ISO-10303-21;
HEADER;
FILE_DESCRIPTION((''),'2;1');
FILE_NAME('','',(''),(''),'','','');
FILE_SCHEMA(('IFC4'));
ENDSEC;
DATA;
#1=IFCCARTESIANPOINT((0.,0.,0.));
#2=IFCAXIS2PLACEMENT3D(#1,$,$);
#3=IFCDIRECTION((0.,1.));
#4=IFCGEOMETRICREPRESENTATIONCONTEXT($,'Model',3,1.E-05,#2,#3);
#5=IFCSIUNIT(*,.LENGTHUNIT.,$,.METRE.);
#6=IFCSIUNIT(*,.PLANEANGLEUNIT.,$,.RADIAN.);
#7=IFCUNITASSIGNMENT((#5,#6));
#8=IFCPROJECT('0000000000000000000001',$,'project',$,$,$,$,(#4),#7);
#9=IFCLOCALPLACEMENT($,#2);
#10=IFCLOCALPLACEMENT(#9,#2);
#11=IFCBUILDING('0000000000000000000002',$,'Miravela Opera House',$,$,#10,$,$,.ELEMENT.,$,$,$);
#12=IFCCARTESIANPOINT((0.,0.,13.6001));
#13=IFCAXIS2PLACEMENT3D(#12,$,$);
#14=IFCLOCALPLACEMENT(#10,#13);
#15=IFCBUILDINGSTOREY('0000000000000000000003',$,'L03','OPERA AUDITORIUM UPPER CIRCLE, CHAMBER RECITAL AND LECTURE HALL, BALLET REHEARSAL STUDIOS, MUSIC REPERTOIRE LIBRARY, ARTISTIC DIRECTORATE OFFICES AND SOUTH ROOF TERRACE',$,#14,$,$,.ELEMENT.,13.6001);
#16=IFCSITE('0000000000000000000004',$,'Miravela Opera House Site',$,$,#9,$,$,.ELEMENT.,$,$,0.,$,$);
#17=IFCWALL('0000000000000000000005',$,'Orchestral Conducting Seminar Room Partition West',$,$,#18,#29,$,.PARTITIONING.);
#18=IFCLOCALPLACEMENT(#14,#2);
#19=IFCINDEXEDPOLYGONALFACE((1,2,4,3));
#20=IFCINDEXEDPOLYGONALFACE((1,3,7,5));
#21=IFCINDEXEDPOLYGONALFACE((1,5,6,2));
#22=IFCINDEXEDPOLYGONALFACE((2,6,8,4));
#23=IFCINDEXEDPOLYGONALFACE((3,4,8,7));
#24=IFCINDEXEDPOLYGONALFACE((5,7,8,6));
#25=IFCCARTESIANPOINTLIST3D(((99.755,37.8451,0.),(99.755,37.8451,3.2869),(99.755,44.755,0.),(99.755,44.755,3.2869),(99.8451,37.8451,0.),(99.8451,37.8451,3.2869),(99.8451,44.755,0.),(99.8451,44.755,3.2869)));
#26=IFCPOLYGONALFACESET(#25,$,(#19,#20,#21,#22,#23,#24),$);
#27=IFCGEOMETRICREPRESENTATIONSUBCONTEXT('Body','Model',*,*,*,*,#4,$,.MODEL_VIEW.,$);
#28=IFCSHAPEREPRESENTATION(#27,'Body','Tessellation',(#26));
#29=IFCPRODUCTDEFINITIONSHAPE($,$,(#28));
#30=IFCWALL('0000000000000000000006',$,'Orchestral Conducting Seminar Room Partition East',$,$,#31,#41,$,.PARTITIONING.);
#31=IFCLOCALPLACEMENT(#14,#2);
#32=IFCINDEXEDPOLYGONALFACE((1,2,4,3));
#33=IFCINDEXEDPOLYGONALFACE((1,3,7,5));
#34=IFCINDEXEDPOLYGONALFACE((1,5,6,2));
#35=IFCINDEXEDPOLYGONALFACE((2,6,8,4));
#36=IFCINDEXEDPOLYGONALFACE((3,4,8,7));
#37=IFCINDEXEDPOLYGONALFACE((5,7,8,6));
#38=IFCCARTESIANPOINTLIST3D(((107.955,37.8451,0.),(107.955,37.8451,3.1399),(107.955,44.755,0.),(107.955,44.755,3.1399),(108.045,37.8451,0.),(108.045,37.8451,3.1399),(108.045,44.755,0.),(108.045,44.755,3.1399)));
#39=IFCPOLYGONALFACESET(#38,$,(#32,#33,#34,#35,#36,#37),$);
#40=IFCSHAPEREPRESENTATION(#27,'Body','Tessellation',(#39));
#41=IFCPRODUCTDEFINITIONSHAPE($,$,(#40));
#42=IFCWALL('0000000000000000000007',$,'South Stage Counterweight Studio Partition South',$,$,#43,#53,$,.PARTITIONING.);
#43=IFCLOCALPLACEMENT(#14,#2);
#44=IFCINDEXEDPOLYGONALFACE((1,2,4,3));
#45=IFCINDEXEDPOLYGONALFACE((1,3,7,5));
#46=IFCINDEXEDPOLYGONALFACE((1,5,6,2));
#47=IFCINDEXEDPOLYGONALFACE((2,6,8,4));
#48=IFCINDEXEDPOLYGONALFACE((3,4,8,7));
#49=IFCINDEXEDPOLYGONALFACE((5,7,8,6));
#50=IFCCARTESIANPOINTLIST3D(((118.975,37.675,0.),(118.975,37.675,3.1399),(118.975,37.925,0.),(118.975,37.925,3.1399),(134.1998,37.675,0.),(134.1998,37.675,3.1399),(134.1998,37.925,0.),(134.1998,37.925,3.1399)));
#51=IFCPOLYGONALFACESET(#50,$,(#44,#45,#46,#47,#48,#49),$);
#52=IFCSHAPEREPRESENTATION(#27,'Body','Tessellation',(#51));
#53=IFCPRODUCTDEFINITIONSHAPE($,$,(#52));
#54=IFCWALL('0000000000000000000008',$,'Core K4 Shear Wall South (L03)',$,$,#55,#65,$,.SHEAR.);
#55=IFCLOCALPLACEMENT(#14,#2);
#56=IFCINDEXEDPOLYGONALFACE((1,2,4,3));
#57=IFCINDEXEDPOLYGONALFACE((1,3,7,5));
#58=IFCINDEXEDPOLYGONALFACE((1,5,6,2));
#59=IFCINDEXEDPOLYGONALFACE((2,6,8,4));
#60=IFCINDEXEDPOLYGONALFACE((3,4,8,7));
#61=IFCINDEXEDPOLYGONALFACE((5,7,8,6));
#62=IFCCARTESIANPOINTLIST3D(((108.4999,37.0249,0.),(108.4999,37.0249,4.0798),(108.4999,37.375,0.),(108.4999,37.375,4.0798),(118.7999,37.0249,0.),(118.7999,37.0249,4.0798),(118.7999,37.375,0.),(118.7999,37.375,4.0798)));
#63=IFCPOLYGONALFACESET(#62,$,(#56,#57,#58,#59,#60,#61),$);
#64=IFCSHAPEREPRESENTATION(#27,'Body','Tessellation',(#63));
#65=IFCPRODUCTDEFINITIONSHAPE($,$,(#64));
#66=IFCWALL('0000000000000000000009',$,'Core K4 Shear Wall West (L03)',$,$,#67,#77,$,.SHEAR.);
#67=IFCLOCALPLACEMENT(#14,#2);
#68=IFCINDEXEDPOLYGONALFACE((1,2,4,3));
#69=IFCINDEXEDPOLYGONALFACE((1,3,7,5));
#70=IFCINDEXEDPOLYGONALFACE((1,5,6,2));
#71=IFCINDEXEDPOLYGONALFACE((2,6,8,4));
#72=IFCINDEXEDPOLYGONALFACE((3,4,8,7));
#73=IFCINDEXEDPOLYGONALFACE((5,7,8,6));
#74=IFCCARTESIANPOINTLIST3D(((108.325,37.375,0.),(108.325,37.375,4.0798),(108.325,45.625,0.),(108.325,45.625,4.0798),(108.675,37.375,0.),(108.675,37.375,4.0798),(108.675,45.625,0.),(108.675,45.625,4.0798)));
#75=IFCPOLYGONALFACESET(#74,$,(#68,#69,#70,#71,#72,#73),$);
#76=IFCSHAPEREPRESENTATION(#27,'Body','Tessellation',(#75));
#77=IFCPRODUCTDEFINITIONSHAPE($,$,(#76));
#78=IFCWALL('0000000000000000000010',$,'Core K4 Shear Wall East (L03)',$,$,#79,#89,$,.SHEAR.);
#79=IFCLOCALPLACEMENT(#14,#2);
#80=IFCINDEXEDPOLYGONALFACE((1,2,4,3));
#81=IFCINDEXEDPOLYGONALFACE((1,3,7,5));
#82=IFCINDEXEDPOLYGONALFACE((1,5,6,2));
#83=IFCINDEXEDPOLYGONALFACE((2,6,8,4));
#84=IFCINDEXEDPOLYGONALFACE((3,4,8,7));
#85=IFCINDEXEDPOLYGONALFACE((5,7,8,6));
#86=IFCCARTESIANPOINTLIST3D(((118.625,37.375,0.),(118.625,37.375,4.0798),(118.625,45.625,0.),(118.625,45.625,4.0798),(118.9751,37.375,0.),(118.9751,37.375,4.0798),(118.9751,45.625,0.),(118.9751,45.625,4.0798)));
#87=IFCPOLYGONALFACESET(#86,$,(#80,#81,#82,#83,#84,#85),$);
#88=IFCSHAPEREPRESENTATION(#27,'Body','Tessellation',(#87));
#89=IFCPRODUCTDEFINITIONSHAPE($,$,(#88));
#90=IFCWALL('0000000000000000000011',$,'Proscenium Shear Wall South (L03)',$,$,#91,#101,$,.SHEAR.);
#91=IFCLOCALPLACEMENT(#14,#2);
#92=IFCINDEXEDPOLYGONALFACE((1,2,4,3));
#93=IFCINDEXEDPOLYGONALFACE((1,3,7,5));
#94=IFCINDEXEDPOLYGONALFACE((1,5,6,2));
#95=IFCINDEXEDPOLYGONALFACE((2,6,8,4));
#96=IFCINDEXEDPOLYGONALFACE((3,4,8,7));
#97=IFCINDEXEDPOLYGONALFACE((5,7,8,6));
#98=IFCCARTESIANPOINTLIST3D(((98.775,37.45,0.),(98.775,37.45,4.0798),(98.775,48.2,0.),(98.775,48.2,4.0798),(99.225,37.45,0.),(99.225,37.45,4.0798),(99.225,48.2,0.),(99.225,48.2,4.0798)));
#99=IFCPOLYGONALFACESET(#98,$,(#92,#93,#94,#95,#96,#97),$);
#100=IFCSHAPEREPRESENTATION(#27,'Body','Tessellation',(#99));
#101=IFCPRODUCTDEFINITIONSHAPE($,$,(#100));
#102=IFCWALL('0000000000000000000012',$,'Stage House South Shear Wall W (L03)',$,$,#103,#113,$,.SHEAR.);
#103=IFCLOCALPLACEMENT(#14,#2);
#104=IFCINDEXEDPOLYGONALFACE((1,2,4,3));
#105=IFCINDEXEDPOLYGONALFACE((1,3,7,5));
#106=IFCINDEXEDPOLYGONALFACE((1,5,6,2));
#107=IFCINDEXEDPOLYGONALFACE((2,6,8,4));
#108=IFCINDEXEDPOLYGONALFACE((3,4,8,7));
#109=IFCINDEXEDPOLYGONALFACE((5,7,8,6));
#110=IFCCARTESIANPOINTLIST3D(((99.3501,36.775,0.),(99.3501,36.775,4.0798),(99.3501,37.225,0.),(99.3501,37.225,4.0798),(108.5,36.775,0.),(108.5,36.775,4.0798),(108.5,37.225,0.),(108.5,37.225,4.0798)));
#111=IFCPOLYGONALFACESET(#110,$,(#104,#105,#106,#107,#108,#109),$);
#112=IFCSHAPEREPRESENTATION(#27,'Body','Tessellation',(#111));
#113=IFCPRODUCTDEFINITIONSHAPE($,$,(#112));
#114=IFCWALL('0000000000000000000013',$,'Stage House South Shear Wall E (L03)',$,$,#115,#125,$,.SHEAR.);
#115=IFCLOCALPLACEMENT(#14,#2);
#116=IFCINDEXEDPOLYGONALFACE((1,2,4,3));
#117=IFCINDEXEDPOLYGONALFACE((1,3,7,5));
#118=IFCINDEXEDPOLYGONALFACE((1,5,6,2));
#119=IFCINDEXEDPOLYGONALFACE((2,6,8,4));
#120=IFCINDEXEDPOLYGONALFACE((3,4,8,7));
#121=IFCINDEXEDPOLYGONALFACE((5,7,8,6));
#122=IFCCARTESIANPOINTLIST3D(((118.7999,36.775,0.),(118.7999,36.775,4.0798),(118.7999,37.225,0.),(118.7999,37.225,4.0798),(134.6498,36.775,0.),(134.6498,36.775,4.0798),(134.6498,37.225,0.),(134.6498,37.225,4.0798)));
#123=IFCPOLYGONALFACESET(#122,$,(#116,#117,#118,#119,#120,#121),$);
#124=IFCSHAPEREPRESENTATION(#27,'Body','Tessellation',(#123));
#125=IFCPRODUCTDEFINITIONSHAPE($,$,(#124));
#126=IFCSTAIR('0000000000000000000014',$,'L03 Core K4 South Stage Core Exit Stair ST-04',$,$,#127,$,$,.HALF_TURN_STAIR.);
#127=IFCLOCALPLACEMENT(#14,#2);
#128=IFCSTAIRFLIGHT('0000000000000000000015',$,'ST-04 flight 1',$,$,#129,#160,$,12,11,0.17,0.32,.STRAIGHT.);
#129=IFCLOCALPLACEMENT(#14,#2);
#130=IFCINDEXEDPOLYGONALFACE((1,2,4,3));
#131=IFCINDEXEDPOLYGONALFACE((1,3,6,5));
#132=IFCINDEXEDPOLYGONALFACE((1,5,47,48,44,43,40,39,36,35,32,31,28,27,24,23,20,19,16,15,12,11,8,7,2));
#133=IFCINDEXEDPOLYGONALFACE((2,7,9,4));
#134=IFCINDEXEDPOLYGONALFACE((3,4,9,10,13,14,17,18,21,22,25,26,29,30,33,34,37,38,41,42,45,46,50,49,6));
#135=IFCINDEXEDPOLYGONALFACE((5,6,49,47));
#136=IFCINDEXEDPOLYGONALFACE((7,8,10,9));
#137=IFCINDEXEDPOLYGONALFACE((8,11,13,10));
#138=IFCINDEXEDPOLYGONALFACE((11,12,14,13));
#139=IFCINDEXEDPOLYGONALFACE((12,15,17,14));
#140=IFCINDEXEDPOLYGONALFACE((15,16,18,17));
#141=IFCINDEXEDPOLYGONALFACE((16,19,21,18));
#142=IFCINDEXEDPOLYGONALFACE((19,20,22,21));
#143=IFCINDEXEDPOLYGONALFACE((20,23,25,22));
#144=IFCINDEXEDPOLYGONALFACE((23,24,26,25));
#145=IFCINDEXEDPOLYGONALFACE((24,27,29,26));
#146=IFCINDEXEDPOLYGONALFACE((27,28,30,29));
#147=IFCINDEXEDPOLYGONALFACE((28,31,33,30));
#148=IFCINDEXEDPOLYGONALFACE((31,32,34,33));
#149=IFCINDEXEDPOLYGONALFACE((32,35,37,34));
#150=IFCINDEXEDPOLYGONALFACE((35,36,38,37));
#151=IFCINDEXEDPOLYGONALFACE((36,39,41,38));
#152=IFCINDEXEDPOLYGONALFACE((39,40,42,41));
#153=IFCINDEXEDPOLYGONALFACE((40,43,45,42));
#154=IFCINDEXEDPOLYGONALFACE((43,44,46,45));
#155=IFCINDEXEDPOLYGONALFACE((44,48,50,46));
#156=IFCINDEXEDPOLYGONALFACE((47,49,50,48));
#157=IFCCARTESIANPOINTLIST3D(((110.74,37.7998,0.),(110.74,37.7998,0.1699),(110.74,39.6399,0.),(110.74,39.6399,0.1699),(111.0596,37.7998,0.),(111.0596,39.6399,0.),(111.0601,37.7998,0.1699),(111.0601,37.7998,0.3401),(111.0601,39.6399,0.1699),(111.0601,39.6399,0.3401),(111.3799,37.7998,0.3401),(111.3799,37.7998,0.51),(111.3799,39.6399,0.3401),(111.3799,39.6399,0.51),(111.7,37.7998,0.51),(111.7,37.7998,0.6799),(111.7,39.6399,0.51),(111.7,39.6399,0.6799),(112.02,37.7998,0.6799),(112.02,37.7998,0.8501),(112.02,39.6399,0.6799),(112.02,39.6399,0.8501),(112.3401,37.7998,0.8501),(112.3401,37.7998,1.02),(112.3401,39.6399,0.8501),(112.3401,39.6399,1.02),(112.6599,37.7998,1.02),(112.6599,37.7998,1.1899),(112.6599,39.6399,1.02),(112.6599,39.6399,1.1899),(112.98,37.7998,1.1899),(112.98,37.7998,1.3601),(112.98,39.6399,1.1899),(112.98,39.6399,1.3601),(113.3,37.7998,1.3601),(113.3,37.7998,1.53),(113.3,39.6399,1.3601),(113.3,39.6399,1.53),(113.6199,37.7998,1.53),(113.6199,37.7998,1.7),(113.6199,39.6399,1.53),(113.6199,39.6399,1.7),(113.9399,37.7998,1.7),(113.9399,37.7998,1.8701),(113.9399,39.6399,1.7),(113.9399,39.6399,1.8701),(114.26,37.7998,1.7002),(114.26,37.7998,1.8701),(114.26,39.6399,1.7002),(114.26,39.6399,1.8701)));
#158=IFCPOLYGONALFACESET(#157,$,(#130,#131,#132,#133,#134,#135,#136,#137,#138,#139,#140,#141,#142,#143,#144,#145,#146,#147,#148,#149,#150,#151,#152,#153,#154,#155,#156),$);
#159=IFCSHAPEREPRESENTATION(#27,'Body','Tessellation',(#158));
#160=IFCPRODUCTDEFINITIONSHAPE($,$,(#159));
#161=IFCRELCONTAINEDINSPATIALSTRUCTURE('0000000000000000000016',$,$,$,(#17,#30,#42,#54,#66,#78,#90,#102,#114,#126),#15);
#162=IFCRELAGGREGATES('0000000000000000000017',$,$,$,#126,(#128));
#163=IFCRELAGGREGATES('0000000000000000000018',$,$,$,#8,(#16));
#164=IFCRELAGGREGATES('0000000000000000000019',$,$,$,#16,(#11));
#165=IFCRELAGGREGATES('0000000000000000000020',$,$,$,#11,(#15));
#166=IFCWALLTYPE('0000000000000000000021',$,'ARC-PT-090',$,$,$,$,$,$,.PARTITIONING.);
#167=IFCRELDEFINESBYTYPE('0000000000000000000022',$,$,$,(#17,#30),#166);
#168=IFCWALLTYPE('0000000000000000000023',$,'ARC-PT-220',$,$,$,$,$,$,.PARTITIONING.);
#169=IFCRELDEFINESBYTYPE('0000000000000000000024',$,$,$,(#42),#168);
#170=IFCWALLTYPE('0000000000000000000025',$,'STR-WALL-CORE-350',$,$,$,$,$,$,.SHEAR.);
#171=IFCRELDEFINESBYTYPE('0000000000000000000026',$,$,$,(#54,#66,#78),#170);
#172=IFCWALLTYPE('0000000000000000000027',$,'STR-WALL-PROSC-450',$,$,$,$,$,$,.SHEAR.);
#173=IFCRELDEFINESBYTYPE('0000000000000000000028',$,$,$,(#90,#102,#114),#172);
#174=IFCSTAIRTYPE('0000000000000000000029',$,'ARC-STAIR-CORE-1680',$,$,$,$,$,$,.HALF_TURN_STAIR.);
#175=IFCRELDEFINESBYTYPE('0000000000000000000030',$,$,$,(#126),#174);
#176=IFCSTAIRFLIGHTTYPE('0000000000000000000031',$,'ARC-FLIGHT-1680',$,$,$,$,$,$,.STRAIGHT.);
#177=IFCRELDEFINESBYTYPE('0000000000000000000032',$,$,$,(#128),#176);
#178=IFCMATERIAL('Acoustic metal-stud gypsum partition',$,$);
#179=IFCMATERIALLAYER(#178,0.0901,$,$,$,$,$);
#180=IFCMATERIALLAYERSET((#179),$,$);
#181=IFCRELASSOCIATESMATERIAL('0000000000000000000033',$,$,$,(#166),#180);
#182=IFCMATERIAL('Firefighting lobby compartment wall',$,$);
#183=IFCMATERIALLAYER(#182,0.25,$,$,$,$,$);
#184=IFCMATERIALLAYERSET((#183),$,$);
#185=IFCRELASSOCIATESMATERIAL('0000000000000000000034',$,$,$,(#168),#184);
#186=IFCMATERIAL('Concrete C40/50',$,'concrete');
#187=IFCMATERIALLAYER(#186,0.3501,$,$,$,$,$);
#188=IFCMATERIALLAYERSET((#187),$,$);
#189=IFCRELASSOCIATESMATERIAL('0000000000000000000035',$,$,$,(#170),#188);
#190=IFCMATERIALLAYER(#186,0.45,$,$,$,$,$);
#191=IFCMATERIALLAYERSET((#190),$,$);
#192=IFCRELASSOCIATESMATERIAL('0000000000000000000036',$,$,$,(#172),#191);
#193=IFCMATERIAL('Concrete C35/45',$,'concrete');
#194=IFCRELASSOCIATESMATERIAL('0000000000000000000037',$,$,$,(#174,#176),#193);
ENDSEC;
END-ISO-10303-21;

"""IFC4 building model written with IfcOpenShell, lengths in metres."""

from ifc_helpers import new_model, si_unit, direction, frame, frame_2d, origin, place, context, subcontext, project, spatial, polyline, rectangle, outline, extrude, material, layer, layer_set, type_object, element, aggregate, save


model = new_model("IFC4")

# Units and contexts
model_context = context("Model", 3, precision=1e-05, world=origin(), true_north=direction((0.0, 1.0)))
body_context = subcontext(model_context, "Body", "Model", "MODEL_VIEW")
ifc_project = project(units=[si_unit("LENGTHUNIT", "METRE"), si_unit("PLANEANGLEUNIT", "RADIAN")], contexts=[model_context])

# Site, building, storey
site_placement = place(None, origin())
site = spatial("IfcSite", under=ifc_project, at=site_placement, Name="Miravela Opera House Site", CompositionType="ELEMENT", RefElevation=0.0)
building_placement = place(site_placement, origin())
building = spatial("IfcBuilding", under=site, at=building_placement, Name="Miravela Opera House", CompositionType="ELEMENT")
storey_placement = place(building_placement, frame((0.0, 0.0, 13.6001)))
storey = spatial("IfcBuildingStorey", under=building, at=storey_placement, Name="L03", Description="OPERA AUDITORIUM UPPER CIRCLE, CHAMBER RECITAL AND LECTURE HALL, BALLET REHEARSAL STUDIOS, MUSIC REPERTOIRE LIBRARY, ARTISTIC DIRECTORATE OFFICES AND SOUTH ROOF TERRACE", CompositionType="ELEMENT", Elevation=13.6001)

# Shared definitions
ifc_material_1 = material(Name="Concrete C35/45", Category="concrete")

# Shared definitions
ifc_material_2 = material(Name="Concrete C40/50", Category="concrete")

# Walls
ifc_material_3 = material(Name="Acoustic metal-stud gypsum partition")
ifc_layer_1 = layer(ifc_material_3, 0.0901)
ifc_layer_set_1 = layer_set([ifc_layer_1])
wall_type_1 = type_object("IfcWallType", Name="ARC-PT-090", PredefinedType="PARTITIONING", material=ifc_layer_set_1)
wall_1_placement = place(storey_placement, frame((99.8, 37.845, 0.0), z_axis=(0.0, 0.0, 1.0), x_axis=(0.0, 1.0, 0.0)))
element("IfcWall", 1, at=wall_1_placement, inside=storey, type_object=wall_type_1, Name="Orchestral Conducting Seminar Room Partition West", PredefinedType="PARTITIONING", context=body_context, shape_type="SweptSolid", body=[
    extrude(rectangle(XDim=6.9099, YDim=0.0901, at=frame_2d((3.4551, 0.0))), origin(), (0.0, 0.0, 1.0), 3.2869),
])
wall_2_placement = place(storey_placement, frame((108.0, 37.845, 0.0), z_axis=(0.0, 0.0, 1.0), x_axis=(0.0, 1.0, 0.0)))
element("IfcWall", 2, at=wall_2_placement, inside=storey, type_object=wall_type_1, Name="Orchestral Conducting Seminar Room Partition East", PredefinedType="PARTITIONING", context=body_context, shape_type="SweptSolid", body=[
    extrude(rectangle(XDim=6.9099, YDim=0.0901, at=frame_2d((3.4551, 0.0))), origin(), (0.0, 0.0, 1.0), 3.1399),
])
ifc_material_4 = material(Name="Firefighting lobby compartment wall")
ifc_layer_2 = layer(ifc_material_4, 0.25)
ifc_layer_set_2 = layer_set([ifc_layer_2])
wall_type_2 = type_object("IfcWallType", Name="ARC-PT-220", PredefinedType="PARTITIONING", material=ifc_layer_set_2)
wall_3_placement = place(storey_placement, frame((118.9751, 37.8, 0.0), z_axis=(0.0, 0.0, 1.0), x_axis=(1.0, 0.0, 0.0)))
element("IfcWall", 3, at=wall_3_placement, inside=storey, type_object=wall_type_2, Name="South Stage Counterweight Studio Partition South", PredefinedType="PARTITIONING", context=body_context, shape_type="SweptSolid", body=[
    extrude(rectangle(XDim=15.2249, YDim=0.25, at=frame_2d((7.6123, 0.0))), origin(), (0.0, 0.0, 1.0), 3.1399),
])
ifc_layer_3 = layer(ifc_material_2, 0.3501)
ifc_layer_set_3 = layer_set([ifc_layer_3])
wall_type_3 = type_object("IfcWallType", Name="STR-WALL-CORE-350", PredefinedType="SHEAR", material=ifc_layer_set_3)
wall_4_placement = place(storey_placement, frame((108.5, 37.2, 0.0), z_axis=(0.0, 0.0, 1.0), x_axis=(1.0, 0.0, 0.0)))
element("IfcWall", 4, at=wall_4_placement, inside=storey, type_object=wall_type_3, Name="Core K4 Shear Wall South (L03)", PredefinedType="SHEAR", context=body_context, shape_type="SweptSolid", body=[
    extrude(rectangle(XDim=10.3, YDim=0.3501, at=frame_2d((5.1499, 0.0))), origin(), (0.0, 0.0, 1.0), 4.0798),
])
for number, where, z_axis, x_axis, name in (
    (5, (108.5, 37.375, 0.0), (0.0, 0.0, 1.0), (0.0, 1.0, 0.0), "Core K4 Shear Wall West (L03)"),
    (6, (118.8, 37.375, 0.0), (0.0, 0.0, 1.0), (0.0, 1.0, 0.0), "Core K4 Shear Wall East (L03)"),
):
    element("IfcWall", number, at=place(storey_placement, frame(where, z_axis=z_axis, x_axis=x_axis)), inside=storey, type_object=wall_type_3, Name=name, PredefinedType="SHEAR", context=body_context, shape_type="SweptSolid", body=[
        extrude(rectangle(XDim=8.25, YDim=0.3501, at=frame_2d((4.125, 0.0))), origin(), (0.0, 0.0, 1.0), 4.0798),
    ])
ifc_layer_4 = layer(ifc_material_2, 0.45)
ifc_layer_set_4 = layer_set([ifc_layer_4])
wall_type_4 = type_object("IfcWallType", Name="STR-WALL-PROSC-450", PredefinedType="SHEAR", material=ifc_layer_set_4)
wall_5_placement = place(storey_placement, frame((99.0, 37.45, 0.0), z_axis=(0.0, 0.0, 1.0), x_axis=(0.0, 1.0, 0.0)))
element("IfcWall", 7, at=wall_5_placement, inside=storey, type_object=wall_type_4, Name="Proscenium Shear Wall South (L03)", PredefinedType="SHEAR", context=body_context, shape_type="SweptSolid", body=[
    extrude(rectangle(XDim=10.75, YDim=0.45, at=frame_2d((5.375, 0.0))), origin(), (0.0, 0.0, 1.0), 4.0798),
])
wall_6_placement = place(storey_placement, frame((99.3501, 37.0, 0.0), z_axis=(0.0, 0.0, 1.0), x_axis=(1.0, 0.0, 0.0)))
element("IfcWall", 8, at=wall_6_placement, inside=storey, type_object=wall_type_4, Name="Stage House South Shear Wall W (L03)", PredefinedType="SHEAR", context=body_context, shape_type="SweptSolid", body=[
    extrude(rectangle(XDim=9.1499, YDim=0.45, at=frame_2d((4.575, 0.0))), origin(), (0.0, 0.0, 1.0), 4.0798),
])
wall_7_placement = place(storey_placement, frame((118.8, 37.0, 0.0), z_axis=(0.0, 0.0, 1.0), x_axis=(1.0, 0.0, 0.0)))
element("IfcWall", 9, at=wall_7_placement, inside=storey, type_object=wall_type_4, Name="Stage House South Shear Wall E (L03)", PredefinedType="SHEAR", context=body_context, shape_type="SweptSolid", body=[
    extrude(rectangle(XDim=15.8499, YDim=0.45, at=frame_2d((7.9248, 0.0))), origin(), (0.0, 0.0, 1.0), 4.0798),
])

# Stair, stair flight
stair_type = type_object("IfcStairType", Name="ARC-STAIR-CORE-1680", PredefinedType="HALF_TURN_STAIR", material=ifc_material_1)
stair_placement = place(storey_placement, origin())
stair = element("IfcStair", 10, at=stair_placement, inside=storey, type_object=stair_type, Name="L03 Core K4 South Stage Core Exit Stair ST-04", PredefinedType="HALF_TURN_STAIR")
stair_flight_type = type_object("IfcStairFlightType", Name="ARC-FLIGHT-1680", PredefinedType="STRAIGHT", material=ifc_material_1)
stair_flight_1_placement = place(storey_placement, frame((110.74, 38.72, 0.0), z_axis=(0.0, 0.0, 1.0), x_axis=(1.0, 0.0, 0.0)))
stair_flight_1 = element("IfcStairFlight", 11, at=stair_flight_1_placement, type_object=stair_flight_type, Name="ST-04 flight 1", NumberOfRisers=12, NumberOfTreads=11, PredefinedType="STRAIGHT", RiserHeight=0.17, TreadLength=0.32, context=body_context, shape_type="SweptSolid", body=[
    extrude(outline(polyline([(0.0, 0.0), (0.0, 0.1699), (0.3201, 0.1699), (0.3201, 0.3401), (0.6399, 0.3401), (0.6399, 0.51), (0.96, 0.51), (0.96, 0.6799), (1.28, 0.6799), (1.28, 0.8501), (1.6001, 0.8501), (1.6001, 1.02), (1.9199, 1.02), (1.9199, 1.1899), (2.24, 1.1899), (2.24, 1.3601), (2.5601, 1.3601), (2.5601, 1.53), (2.8799, 1.53), (2.8799, 1.7), (3.2, 1.7), (3.2, 1.8701), (3.52, 1.8701), (3.52, 2.04), (3.52, 1.7002), (0.3196, 0.0), (0.0, 0.0)])), frame((0.0, 0.9199, 0.0), z_axis=(0.0, -1.0, 0.0), x_axis=(1.0, 0.0, 0.0)), (0.0, 0.0, 1.0), 1.8401),
])
aggregate(stair, [stair_flight_1])

save(model, "model.ifc")
